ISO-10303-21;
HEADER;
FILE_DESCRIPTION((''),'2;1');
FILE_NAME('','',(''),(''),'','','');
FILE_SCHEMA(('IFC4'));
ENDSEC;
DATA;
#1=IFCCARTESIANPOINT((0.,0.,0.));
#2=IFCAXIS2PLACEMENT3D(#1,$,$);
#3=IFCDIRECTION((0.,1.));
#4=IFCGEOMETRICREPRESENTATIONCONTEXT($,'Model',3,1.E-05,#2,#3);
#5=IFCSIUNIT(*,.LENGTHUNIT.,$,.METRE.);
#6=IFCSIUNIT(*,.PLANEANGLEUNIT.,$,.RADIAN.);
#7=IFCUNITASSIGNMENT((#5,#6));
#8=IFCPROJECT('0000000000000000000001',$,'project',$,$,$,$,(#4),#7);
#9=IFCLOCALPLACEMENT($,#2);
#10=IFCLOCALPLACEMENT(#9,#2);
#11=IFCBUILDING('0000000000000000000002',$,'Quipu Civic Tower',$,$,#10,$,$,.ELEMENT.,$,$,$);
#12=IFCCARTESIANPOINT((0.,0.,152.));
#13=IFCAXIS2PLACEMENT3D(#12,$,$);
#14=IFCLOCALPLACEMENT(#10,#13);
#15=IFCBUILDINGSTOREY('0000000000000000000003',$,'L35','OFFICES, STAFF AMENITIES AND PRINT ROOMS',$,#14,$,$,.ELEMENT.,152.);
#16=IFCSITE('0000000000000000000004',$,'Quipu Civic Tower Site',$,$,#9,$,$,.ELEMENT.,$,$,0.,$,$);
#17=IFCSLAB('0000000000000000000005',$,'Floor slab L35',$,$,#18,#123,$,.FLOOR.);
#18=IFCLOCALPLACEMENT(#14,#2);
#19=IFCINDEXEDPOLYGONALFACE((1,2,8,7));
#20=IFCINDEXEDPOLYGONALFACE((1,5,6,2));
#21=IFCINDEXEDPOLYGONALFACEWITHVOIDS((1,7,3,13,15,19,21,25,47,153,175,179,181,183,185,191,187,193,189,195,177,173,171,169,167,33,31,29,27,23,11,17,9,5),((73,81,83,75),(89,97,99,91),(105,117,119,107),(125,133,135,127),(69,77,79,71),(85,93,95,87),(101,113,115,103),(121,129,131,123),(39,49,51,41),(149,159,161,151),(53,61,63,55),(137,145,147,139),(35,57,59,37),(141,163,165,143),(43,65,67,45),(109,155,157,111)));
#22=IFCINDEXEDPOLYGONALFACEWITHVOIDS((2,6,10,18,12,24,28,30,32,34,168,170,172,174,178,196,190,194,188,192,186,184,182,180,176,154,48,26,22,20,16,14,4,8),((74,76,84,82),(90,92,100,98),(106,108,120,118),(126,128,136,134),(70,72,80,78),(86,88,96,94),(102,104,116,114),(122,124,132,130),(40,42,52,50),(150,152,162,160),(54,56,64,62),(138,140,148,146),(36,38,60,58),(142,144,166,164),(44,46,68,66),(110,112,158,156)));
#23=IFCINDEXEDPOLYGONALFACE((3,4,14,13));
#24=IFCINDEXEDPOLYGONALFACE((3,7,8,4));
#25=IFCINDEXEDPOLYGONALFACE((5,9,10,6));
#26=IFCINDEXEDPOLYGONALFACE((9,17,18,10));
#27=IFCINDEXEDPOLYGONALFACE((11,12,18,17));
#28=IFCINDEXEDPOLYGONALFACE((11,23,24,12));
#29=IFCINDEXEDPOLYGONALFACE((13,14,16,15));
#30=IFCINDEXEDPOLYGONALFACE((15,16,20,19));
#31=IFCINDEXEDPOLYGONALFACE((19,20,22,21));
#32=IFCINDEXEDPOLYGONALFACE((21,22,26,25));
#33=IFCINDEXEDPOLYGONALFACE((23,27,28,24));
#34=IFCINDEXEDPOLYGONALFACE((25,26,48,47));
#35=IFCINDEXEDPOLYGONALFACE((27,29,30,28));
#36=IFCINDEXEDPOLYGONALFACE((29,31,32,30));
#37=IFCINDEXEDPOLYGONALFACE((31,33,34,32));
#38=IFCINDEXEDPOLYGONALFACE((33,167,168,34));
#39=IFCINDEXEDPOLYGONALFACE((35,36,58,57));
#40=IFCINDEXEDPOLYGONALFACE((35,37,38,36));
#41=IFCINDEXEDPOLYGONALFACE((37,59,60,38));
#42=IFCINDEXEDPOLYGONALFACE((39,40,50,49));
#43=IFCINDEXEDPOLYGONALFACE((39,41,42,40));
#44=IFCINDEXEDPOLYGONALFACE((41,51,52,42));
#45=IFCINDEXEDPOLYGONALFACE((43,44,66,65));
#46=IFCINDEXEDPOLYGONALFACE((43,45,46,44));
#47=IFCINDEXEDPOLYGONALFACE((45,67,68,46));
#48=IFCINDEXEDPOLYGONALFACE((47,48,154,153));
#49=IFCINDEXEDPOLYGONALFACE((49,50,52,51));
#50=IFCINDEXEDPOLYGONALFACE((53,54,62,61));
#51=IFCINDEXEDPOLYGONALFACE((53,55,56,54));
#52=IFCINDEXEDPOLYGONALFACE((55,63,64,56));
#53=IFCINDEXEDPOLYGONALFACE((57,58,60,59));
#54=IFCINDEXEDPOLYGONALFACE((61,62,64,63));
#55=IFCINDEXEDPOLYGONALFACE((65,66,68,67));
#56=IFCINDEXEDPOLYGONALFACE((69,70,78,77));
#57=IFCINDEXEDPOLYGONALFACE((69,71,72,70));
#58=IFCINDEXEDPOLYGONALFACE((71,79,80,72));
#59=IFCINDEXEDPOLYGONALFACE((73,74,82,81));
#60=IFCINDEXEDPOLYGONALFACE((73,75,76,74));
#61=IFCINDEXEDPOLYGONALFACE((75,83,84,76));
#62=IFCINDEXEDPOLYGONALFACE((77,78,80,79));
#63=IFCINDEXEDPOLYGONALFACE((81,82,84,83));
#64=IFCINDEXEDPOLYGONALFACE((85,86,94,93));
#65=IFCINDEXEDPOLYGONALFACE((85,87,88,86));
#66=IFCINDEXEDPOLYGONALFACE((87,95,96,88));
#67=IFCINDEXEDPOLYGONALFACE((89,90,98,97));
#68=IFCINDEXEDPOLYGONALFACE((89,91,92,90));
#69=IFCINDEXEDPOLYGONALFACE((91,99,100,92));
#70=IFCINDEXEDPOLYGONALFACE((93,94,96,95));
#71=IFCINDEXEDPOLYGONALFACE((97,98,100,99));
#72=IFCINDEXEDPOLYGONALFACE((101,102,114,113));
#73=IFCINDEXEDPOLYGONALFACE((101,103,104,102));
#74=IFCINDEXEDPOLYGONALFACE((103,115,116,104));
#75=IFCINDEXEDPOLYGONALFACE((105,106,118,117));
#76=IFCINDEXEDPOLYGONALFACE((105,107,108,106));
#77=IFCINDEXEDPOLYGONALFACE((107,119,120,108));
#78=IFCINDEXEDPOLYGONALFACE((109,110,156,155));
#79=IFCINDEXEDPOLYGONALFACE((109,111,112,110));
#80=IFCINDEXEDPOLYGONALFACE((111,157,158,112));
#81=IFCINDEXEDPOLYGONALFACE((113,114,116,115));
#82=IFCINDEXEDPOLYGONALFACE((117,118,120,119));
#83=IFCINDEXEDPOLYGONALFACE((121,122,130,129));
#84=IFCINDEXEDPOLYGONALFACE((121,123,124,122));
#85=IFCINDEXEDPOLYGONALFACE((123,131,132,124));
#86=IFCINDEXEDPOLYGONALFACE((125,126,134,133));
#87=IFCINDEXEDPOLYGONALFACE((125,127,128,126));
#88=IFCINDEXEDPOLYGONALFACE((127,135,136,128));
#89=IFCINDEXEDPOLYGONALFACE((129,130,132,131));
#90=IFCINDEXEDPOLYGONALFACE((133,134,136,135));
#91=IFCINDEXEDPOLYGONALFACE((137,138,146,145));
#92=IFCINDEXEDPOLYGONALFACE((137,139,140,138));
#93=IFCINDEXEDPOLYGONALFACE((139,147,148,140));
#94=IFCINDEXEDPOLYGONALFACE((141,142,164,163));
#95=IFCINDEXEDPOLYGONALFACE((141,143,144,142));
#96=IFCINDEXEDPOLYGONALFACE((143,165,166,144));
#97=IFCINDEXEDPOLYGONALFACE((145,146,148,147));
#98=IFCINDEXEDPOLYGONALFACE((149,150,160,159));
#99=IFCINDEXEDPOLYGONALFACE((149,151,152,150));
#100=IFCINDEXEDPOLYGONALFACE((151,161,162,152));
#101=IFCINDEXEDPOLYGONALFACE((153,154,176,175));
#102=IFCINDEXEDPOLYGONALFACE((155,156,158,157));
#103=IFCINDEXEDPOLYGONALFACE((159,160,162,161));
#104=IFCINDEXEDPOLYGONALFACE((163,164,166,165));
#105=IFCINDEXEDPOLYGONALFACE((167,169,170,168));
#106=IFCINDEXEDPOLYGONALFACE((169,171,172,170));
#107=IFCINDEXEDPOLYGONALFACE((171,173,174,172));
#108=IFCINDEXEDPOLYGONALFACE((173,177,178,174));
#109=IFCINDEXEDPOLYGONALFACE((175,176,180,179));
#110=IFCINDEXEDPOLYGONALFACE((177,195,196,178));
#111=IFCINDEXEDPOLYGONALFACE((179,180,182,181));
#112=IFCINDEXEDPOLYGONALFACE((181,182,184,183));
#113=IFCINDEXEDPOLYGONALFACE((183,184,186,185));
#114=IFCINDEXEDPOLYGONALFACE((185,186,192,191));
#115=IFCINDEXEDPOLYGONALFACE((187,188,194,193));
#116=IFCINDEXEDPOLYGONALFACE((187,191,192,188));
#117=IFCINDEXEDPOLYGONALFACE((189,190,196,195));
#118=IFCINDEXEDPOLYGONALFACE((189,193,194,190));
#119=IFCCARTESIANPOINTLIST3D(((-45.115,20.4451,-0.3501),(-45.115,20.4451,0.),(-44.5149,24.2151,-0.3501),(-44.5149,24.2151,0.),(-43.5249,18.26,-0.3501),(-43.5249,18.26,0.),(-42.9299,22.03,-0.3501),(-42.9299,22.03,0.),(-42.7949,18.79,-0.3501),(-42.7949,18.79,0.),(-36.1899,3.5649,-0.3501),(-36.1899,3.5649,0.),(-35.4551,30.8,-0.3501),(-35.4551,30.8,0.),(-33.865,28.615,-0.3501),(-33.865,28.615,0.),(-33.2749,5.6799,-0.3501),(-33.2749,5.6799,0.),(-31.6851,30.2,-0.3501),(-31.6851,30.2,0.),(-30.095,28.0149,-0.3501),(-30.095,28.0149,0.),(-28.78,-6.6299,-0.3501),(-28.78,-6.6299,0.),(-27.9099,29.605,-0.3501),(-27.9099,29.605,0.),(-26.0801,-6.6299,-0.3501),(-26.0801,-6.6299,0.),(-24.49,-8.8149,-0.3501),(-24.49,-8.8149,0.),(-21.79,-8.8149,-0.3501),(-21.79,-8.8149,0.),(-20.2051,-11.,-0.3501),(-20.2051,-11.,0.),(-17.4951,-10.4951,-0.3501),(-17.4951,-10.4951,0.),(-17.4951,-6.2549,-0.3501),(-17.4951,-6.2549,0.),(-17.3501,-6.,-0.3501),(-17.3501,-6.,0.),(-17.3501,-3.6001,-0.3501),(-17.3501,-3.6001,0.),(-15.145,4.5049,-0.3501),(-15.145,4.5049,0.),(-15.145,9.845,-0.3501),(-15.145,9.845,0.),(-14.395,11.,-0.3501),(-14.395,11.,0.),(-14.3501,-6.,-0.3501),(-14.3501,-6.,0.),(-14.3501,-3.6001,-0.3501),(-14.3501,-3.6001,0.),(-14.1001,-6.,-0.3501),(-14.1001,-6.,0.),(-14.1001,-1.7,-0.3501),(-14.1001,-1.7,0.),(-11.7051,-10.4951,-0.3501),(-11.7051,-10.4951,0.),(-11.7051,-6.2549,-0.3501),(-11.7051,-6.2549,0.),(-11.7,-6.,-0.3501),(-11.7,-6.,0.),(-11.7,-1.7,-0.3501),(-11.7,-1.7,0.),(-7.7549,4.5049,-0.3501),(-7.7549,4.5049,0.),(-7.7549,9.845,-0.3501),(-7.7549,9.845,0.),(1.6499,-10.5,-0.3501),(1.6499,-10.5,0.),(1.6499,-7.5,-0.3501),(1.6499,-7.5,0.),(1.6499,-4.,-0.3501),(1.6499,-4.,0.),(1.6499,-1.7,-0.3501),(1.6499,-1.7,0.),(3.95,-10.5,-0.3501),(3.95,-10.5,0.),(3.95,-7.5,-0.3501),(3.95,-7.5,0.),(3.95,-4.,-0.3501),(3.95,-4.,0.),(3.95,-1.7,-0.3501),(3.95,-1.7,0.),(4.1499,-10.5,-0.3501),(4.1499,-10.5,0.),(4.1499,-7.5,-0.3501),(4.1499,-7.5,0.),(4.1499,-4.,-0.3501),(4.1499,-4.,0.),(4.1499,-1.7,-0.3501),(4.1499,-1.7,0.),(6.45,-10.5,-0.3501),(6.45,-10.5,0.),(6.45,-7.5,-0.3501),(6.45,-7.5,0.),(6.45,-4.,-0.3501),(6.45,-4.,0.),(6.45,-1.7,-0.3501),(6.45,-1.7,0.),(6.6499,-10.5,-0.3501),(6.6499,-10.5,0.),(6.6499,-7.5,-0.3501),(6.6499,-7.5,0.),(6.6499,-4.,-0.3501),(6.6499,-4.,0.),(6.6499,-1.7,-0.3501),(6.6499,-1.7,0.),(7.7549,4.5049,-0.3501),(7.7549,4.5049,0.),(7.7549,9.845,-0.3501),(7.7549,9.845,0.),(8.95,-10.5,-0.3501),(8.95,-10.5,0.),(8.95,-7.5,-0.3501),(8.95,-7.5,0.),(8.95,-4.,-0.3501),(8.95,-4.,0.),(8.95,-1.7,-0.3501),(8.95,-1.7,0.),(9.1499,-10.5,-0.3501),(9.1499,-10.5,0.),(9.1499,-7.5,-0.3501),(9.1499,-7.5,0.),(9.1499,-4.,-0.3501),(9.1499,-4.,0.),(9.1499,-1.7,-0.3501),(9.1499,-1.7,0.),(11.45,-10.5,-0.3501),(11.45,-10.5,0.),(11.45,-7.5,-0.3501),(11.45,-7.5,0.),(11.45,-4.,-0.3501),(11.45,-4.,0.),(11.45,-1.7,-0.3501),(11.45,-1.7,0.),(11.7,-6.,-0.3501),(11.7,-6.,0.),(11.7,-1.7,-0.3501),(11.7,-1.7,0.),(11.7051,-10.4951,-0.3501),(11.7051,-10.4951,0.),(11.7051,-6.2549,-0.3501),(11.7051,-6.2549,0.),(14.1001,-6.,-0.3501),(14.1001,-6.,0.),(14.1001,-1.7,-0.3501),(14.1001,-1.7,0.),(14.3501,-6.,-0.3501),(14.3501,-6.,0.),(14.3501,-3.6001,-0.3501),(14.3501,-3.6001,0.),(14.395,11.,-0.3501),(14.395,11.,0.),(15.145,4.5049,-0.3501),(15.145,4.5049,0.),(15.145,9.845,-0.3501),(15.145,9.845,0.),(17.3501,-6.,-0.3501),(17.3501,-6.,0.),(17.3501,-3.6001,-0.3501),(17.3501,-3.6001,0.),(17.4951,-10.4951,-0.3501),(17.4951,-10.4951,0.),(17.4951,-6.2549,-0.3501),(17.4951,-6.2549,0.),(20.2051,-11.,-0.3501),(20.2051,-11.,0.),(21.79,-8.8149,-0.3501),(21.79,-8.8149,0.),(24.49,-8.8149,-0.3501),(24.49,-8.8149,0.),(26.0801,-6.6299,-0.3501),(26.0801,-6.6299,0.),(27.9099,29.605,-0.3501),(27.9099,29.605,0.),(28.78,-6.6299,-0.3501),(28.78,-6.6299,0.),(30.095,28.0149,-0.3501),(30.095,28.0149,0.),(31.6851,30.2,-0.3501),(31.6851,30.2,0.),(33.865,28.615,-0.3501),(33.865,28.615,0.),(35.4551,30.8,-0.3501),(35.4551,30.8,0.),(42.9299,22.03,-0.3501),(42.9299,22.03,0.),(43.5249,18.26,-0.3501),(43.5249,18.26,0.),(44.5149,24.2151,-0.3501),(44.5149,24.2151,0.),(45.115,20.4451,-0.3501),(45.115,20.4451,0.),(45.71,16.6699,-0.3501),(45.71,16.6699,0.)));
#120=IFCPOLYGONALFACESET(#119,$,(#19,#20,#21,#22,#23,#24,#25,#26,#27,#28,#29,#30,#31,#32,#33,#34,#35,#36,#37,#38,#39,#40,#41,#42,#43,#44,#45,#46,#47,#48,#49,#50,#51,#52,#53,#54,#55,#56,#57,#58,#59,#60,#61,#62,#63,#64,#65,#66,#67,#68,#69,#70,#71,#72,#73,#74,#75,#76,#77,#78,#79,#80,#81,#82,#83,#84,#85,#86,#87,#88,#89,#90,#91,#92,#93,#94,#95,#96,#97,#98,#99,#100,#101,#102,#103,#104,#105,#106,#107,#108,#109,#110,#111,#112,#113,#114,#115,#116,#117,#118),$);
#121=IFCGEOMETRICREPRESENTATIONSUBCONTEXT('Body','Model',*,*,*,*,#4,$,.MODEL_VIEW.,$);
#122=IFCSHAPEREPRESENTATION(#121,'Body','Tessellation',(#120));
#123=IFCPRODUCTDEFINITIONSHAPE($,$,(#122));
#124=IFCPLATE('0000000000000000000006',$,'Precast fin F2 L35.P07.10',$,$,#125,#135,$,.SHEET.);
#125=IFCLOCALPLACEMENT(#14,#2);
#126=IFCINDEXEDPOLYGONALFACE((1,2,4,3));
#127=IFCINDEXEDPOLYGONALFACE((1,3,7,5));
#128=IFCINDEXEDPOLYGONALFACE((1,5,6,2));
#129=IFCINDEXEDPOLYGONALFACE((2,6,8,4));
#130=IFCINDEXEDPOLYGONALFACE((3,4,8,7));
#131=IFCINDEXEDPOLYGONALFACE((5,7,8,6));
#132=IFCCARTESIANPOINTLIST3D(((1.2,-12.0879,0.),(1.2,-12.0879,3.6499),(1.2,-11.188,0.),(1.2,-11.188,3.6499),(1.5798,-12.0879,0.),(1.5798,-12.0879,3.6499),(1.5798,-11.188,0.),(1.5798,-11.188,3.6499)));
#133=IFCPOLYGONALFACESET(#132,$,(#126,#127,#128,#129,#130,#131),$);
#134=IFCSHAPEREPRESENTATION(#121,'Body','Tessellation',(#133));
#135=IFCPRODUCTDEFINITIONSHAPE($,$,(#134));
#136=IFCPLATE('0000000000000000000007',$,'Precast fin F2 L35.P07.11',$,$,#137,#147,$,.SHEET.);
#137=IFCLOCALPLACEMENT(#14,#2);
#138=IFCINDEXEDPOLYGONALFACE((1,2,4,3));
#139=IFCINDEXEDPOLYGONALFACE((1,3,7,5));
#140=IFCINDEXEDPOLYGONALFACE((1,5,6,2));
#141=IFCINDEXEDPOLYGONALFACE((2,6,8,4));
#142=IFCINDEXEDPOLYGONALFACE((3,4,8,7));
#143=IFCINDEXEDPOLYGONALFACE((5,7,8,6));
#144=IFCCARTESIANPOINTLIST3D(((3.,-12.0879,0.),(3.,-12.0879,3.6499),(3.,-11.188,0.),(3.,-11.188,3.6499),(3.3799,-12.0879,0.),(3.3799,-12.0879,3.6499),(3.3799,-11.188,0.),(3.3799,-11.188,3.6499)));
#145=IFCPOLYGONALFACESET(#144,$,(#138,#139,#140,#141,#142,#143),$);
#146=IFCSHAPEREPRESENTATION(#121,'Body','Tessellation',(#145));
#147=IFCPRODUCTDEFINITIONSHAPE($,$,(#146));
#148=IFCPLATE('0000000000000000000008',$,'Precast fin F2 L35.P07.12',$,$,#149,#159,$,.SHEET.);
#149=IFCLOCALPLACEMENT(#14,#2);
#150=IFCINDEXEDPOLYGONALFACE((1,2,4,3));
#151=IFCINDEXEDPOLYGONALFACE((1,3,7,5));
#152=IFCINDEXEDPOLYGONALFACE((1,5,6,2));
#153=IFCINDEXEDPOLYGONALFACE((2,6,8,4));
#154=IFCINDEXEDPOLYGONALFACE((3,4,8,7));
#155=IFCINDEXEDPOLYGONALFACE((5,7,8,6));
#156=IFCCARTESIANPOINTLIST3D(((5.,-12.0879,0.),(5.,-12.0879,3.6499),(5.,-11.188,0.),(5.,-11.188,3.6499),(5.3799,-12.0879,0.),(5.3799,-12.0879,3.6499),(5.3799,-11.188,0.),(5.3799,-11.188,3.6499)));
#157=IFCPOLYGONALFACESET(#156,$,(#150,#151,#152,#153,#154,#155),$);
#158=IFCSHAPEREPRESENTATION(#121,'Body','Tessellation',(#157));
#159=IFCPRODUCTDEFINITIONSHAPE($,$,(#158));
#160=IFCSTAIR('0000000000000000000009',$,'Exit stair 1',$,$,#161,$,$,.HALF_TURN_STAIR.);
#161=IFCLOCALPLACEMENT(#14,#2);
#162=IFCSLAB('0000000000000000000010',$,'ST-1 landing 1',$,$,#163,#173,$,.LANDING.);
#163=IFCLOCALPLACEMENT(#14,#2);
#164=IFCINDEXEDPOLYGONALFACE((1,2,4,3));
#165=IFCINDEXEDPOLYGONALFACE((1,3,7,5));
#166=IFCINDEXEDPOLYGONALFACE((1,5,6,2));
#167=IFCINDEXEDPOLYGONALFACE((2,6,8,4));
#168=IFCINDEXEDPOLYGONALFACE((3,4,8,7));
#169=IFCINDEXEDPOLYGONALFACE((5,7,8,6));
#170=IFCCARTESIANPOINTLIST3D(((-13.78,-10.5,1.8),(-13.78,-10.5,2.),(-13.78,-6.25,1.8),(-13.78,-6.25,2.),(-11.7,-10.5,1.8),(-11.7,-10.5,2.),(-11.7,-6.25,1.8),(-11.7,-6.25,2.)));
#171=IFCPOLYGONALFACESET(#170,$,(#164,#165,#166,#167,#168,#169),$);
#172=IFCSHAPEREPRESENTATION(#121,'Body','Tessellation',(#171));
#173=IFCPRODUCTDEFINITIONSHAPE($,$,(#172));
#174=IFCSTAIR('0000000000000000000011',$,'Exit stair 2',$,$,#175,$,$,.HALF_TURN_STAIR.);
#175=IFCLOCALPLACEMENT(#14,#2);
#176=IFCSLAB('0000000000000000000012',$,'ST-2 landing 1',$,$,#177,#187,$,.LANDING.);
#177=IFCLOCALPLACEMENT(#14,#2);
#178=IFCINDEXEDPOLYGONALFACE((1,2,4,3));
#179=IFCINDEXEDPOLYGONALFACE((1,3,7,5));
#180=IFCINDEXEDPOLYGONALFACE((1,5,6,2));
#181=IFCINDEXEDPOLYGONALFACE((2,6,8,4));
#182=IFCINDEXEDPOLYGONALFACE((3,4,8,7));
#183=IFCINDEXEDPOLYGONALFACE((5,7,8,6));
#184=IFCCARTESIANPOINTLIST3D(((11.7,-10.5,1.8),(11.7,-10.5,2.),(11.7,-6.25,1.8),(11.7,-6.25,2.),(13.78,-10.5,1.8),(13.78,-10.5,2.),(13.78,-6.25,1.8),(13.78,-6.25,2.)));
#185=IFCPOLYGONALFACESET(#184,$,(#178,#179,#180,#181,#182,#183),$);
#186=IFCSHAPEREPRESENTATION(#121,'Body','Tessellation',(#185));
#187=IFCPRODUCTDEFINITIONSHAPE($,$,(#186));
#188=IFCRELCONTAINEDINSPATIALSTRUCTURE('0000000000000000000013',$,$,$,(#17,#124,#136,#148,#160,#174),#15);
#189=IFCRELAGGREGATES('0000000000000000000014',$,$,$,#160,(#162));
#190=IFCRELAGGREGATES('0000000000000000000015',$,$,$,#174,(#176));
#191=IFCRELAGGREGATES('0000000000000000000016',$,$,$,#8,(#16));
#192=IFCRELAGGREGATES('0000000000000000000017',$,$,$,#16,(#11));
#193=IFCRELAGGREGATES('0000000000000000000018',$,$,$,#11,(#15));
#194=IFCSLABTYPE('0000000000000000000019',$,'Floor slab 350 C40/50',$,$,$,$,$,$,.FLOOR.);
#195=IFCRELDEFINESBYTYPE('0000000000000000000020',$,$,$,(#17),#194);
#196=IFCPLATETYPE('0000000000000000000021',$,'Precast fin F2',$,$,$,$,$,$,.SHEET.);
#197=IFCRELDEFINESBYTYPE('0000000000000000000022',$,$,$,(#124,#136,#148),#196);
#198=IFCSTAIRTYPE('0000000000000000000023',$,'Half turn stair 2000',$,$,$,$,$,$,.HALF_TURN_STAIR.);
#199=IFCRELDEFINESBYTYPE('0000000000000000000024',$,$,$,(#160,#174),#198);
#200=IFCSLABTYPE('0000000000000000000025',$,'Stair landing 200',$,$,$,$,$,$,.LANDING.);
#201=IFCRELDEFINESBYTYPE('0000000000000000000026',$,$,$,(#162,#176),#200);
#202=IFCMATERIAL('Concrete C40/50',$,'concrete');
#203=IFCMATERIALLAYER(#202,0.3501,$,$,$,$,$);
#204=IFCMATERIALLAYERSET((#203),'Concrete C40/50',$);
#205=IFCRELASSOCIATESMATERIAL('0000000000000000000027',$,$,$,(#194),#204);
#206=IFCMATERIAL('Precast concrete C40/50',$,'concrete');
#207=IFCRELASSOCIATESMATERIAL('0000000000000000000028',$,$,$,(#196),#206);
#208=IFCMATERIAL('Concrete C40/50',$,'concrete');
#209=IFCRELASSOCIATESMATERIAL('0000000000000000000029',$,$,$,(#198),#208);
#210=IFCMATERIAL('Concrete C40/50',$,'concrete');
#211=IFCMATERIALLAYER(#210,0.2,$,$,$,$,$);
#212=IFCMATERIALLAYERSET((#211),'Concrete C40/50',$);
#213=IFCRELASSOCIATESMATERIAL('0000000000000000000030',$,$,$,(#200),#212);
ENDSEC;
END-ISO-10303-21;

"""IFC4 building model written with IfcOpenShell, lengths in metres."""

from ifc_helpers import new_model, si_unit, direction, frame, origin, origin_2d, place, context, subcontext, project, spatial, polyline, rectangle, outline, extrude, material, layer, layer_set, type_object, element, aggregate, save


model = new_model("IFC4")

# Units and contexts
model_context = context("Model", 3, precision=1e-05, world=origin(), true_north=direction((0.0, 1.0)))
body_context = subcontext(model_context, "Body", "Model", "MODEL_VIEW")
ifc_project = project(units=[si_unit("LENGTHUNIT", "METRE"), si_unit("PLANEANGLEUNIT", "RADIAN")], contexts=[model_context])

# Site, building, storey
site_placement = place(None, origin())
site = spatial("IfcSite", under=ifc_project, at=site_placement, Name="Quipu Civic Tower Site", CompositionType="ELEMENT", RefElevation=0.0)
building_placement = place(site_placement, origin())
building = spatial("IfcBuilding", under=site, at=building_placement, Name="Quipu Civic Tower", CompositionType="ELEMENT")
storey_placement = place(building_placement, frame((0.0, 0.0, 152.0)))
storey = spatial("IfcBuildingStorey", under=building, at=storey_placement, Name="L35", Description="OFFICES, STAFF AMENITIES AND PRINT ROOMS", CompositionType="ELEMENT", Elevation=152.0)

# Slab
ifc_material_1 = material(Name="Concrete C40/50", Category="concrete")
ifc_layer_1 = layer(ifc_material_1, 0.3501)
ifc_layer_set_1 = layer_set([ifc_layer_1], Name="Concrete C40/50")
slab_type_1 = type_object("IfcSlabType", Name="Floor slab 350 C40/50", PredefinedType="FLOOR", material=ifc_layer_set_1)
slab_1_placement = place(storey_placement, frame((0.0, 0.0, -0.3501)))
element("IfcSlab", 1, at=slab_1_placement, inside=storey, type_object=slab_type_1, Name="Floor slab L35", PredefinedType="FLOOR", context=body_context, shape_type="SweptSolid", body=[
    extrude(outline(polyline([(-42.9299, 22.03), (-44.5149, 24.2151), (-35.4551, 30.8), (-33.865, 28.615), (-31.6851, 30.2), (-30.095, 28.0149), (-27.9099, 29.605), (-14.395, 11.0), (14.395, 11.0), (27.9099, 29.605), (30.095, 28.0149), (31.6851, 30.2), (33.865, 28.615), (35.4551, 30.8), (44.5149, 24.2151), (42.9299, 22.03), (45.115, 20.4451), (43.5249, 18.26), (45.71, 16.6699), (28.78, -6.6299), (26.0801, -6.6299), (24.49, -8.8149), (21.79, -8.8149), (20.2051, -11.0), (-20.2051, -11.0), (-21.79, -8.8149), (-24.49, -8.8149), (-26.0801, -6.6299), (-28.78, -6.6299), (-36.1899, 3.5649), (-33.2749, 5.6799), (-42.7949, 18.79), (-43.5249, 18.26), (-45.115, 20.4451), (-42.9299, 22.03)]), holes=[polyline([(1.6499, -7.5), (1.6499, -10.5), (3.95, -10.5), (3.95, -7.5), (1.6499, -7.5)]), polyline([(4.1499, -7.5), (4.1499, -10.5), (6.45, -10.5), (6.45, -7.5), (4.1499, -7.5)]), polyline([(-11.7051, -6.2549), (-17.4951, -6.2549), (-17.4951, -10.4951), (-11.7051, -10.4951), (-11.7051, -6.2549)]), polyline([(-17.3501, -3.6001), (-17.3501, -6.0), (-14.3501, -6.0), (-14.3501, -3.6001), (-17.3501, -3.6001)]), polyline([(-14.1001, -1.7), (-14.1001, -6.0), (-11.7, -6.0), (-11.7, -1.7), (-14.1001, -1.7)]), polyline([(1.6499, -1.7), (1.6499, -4.0), (3.95, -4.0), (3.95, -1.7), (1.6499, -1.7)]), polyline([(4.1499, -1.7), (4.1499, -4.0), (6.45, -4.0), (6.45, -1.7), (4.1499, -1.7)]), polyline([(-7.7549, 9.845), (-15.145, 9.845), (-15.145, 4.5049), (-7.7549, 4.5049), (-7.7549, 9.845)]), polyline([(6.6499, -7.5), (6.6499, -10.5), (8.95, -10.5), (8.95, -7.5), (6.6499, -7.5)]), polyline([(9.1499, -7.5), (9.1499, -10.5), (11.45, -10.5), (11.45, -7.5), (9.1499, -7.5)]), polyline([(11.7051, -10.4951), (17.4951, -10.4951), (17.4951, -6.2549), (11.7051, -6.2549), (11.7051, -10.4951)]), polyline([(14.3501, -3.6001), (14.3501, -6.0), (17.3501, -6.0), (17.3501, -3.6001), (14.3501, -3.6001)]), polyline([(11.7, -1.7), (11.7, -6.0), (14.1001, -6.0), (14.1001, -1.7), (11.7, -1.7)]), polyline([(6.6499, -1.7), (6.6499, -4.0), (8.95, -4.0), (8.95, -1.7), (6.6499, -1.7)]), polyline([(9.1499, -1.7), (9.1499, -4.0), (11.45, -4.0), (11.45, -1.7), (9.1499, -1.7)]), polyline([(7.7549, 4.5049), (15.145, 4.5049), (15.145, 9.845), (7.7549, 9.845), (7.7549, 4.5049)])]), origin(), (0.0, 0.0, 1.0), 0.3501),
])

# Plates
ifc_material_2 = material(Name="Precast concrete C40/50", Category="concrete")
plate_type = type_object("IfcPlateType", Name="Precast fin F2", PredefinedType="SHEET", material=ifc_material_2)
for number, where, z_axis, x_axis, name in (
    (2, (1.3899, -11.6379, 0.0), (0.0, 0.0, 1.0), (1.0, 0.0, 0.0), "Precast fin F2 L35.P07.10"),
    (3, (3.1899, -11.6379, 0.0), (0.0, 0.0, 1.0), (1.0, 0.0, 0.0), "Precast fin F2 L35.P07.11"),
    (4, (5.1899, -11.6379, 0.0), (0.0, 0.0, 1.0), (1.0, 0.0, 0.0), "Precast fin F2 L35.P07.12"),
):
    element("IfcPlate", number, at=place(storey_placement, frame(where, z_axis=z_axis, x_axis=x_axis)), inside=storey, type_object=plate_type, Name=name, PredefinedType="SHEET", context=body_context, shape_type="SweptSolid", body=[
        extrude(rectangle(XDim=0.3799, YDim=0.8999, at=origin_2d()), origin(), (0.0, 0.0, 1.0), 3.6499),
    ])

# Stairs, slabs
ifc_material_3 = material(Name="Concrete C40/50", Category="concrete")
stair_type_1 = type_object("IfcStairType", Name="Half turn stair 2000", PredefinedType="HALF_TURN_STAIR", material=ifc_material_3)
stair_1_placement = place(storey_placement, origin())
stair_1 = element("IfcStair", 5, at=stair_1_placement, inside=storey, type_object=stair_type_1, Name="Exit stair 1", PredefinedType="HALF_TURN_STAIR")
ifc_material_4 = material(Name="Concrete C40/50", Category="concrete")
ifc_layer_2 = layer(ifc_material_4, 0.2)
ifc_layer_set_2 = layer_set([ifc_layer_2], Name="Concrete C40/50")
slab_type_2 = type_object("IfcSlabType", Name="Stair landing 200", PredefinedType="LANDING", material=ifc_layer_set_2)
slab_2_placement = place(storey_placement, frame((0.0, 0.0, 1.8)))
slab_2 = element("IfcSlab", 6, at=slab_2_placement, type_object=slab_type_2, Name="ST-1 landing 1", PredefinedType="LANDING", context=body_context, shape_type="SweptSolid", body=[
    extrude(outline(polyline([(-13.78, -10.5), (-11.7, -10.5), (-11.7, -6.25), (-13.78, -6.25), (-13.78, -10.5)])), origin(), (0.0, 0.0, 1.0), 0.2),
])
aggregate(stair_1, [slab_2])
stair_2_placement = place(storey_placement, origin())
stair_2 = element("IfcStair", 7, at=stair_2_placement, inside=storey, type_object=stair_type_1, Name="Exit stair 2", PredefinedType="HALF_TURN_STAIR")
slab_3_placement = place(storey_placement, frame((0.0, 0.0, 1.8)))
slab_3 = element("IfcSlab", 8, at=slab_3_placement, type_object=slab_type_2, Name="ST-2 landing 1", PredefinedType="LANDING", context=body_context, shape_type="SweptSolid", body=[
    extrude(outline(polyline([(13.78, -6.25), (11.7, -6.25), (11.7, -10.5), (13.78, -10.5), (13.78, -6.25)])), origin(), (0.0, 0.0, 1.0), 0.2),
])
aggregate(stair_2, [slab_3])

save(model, "model.ifc")
